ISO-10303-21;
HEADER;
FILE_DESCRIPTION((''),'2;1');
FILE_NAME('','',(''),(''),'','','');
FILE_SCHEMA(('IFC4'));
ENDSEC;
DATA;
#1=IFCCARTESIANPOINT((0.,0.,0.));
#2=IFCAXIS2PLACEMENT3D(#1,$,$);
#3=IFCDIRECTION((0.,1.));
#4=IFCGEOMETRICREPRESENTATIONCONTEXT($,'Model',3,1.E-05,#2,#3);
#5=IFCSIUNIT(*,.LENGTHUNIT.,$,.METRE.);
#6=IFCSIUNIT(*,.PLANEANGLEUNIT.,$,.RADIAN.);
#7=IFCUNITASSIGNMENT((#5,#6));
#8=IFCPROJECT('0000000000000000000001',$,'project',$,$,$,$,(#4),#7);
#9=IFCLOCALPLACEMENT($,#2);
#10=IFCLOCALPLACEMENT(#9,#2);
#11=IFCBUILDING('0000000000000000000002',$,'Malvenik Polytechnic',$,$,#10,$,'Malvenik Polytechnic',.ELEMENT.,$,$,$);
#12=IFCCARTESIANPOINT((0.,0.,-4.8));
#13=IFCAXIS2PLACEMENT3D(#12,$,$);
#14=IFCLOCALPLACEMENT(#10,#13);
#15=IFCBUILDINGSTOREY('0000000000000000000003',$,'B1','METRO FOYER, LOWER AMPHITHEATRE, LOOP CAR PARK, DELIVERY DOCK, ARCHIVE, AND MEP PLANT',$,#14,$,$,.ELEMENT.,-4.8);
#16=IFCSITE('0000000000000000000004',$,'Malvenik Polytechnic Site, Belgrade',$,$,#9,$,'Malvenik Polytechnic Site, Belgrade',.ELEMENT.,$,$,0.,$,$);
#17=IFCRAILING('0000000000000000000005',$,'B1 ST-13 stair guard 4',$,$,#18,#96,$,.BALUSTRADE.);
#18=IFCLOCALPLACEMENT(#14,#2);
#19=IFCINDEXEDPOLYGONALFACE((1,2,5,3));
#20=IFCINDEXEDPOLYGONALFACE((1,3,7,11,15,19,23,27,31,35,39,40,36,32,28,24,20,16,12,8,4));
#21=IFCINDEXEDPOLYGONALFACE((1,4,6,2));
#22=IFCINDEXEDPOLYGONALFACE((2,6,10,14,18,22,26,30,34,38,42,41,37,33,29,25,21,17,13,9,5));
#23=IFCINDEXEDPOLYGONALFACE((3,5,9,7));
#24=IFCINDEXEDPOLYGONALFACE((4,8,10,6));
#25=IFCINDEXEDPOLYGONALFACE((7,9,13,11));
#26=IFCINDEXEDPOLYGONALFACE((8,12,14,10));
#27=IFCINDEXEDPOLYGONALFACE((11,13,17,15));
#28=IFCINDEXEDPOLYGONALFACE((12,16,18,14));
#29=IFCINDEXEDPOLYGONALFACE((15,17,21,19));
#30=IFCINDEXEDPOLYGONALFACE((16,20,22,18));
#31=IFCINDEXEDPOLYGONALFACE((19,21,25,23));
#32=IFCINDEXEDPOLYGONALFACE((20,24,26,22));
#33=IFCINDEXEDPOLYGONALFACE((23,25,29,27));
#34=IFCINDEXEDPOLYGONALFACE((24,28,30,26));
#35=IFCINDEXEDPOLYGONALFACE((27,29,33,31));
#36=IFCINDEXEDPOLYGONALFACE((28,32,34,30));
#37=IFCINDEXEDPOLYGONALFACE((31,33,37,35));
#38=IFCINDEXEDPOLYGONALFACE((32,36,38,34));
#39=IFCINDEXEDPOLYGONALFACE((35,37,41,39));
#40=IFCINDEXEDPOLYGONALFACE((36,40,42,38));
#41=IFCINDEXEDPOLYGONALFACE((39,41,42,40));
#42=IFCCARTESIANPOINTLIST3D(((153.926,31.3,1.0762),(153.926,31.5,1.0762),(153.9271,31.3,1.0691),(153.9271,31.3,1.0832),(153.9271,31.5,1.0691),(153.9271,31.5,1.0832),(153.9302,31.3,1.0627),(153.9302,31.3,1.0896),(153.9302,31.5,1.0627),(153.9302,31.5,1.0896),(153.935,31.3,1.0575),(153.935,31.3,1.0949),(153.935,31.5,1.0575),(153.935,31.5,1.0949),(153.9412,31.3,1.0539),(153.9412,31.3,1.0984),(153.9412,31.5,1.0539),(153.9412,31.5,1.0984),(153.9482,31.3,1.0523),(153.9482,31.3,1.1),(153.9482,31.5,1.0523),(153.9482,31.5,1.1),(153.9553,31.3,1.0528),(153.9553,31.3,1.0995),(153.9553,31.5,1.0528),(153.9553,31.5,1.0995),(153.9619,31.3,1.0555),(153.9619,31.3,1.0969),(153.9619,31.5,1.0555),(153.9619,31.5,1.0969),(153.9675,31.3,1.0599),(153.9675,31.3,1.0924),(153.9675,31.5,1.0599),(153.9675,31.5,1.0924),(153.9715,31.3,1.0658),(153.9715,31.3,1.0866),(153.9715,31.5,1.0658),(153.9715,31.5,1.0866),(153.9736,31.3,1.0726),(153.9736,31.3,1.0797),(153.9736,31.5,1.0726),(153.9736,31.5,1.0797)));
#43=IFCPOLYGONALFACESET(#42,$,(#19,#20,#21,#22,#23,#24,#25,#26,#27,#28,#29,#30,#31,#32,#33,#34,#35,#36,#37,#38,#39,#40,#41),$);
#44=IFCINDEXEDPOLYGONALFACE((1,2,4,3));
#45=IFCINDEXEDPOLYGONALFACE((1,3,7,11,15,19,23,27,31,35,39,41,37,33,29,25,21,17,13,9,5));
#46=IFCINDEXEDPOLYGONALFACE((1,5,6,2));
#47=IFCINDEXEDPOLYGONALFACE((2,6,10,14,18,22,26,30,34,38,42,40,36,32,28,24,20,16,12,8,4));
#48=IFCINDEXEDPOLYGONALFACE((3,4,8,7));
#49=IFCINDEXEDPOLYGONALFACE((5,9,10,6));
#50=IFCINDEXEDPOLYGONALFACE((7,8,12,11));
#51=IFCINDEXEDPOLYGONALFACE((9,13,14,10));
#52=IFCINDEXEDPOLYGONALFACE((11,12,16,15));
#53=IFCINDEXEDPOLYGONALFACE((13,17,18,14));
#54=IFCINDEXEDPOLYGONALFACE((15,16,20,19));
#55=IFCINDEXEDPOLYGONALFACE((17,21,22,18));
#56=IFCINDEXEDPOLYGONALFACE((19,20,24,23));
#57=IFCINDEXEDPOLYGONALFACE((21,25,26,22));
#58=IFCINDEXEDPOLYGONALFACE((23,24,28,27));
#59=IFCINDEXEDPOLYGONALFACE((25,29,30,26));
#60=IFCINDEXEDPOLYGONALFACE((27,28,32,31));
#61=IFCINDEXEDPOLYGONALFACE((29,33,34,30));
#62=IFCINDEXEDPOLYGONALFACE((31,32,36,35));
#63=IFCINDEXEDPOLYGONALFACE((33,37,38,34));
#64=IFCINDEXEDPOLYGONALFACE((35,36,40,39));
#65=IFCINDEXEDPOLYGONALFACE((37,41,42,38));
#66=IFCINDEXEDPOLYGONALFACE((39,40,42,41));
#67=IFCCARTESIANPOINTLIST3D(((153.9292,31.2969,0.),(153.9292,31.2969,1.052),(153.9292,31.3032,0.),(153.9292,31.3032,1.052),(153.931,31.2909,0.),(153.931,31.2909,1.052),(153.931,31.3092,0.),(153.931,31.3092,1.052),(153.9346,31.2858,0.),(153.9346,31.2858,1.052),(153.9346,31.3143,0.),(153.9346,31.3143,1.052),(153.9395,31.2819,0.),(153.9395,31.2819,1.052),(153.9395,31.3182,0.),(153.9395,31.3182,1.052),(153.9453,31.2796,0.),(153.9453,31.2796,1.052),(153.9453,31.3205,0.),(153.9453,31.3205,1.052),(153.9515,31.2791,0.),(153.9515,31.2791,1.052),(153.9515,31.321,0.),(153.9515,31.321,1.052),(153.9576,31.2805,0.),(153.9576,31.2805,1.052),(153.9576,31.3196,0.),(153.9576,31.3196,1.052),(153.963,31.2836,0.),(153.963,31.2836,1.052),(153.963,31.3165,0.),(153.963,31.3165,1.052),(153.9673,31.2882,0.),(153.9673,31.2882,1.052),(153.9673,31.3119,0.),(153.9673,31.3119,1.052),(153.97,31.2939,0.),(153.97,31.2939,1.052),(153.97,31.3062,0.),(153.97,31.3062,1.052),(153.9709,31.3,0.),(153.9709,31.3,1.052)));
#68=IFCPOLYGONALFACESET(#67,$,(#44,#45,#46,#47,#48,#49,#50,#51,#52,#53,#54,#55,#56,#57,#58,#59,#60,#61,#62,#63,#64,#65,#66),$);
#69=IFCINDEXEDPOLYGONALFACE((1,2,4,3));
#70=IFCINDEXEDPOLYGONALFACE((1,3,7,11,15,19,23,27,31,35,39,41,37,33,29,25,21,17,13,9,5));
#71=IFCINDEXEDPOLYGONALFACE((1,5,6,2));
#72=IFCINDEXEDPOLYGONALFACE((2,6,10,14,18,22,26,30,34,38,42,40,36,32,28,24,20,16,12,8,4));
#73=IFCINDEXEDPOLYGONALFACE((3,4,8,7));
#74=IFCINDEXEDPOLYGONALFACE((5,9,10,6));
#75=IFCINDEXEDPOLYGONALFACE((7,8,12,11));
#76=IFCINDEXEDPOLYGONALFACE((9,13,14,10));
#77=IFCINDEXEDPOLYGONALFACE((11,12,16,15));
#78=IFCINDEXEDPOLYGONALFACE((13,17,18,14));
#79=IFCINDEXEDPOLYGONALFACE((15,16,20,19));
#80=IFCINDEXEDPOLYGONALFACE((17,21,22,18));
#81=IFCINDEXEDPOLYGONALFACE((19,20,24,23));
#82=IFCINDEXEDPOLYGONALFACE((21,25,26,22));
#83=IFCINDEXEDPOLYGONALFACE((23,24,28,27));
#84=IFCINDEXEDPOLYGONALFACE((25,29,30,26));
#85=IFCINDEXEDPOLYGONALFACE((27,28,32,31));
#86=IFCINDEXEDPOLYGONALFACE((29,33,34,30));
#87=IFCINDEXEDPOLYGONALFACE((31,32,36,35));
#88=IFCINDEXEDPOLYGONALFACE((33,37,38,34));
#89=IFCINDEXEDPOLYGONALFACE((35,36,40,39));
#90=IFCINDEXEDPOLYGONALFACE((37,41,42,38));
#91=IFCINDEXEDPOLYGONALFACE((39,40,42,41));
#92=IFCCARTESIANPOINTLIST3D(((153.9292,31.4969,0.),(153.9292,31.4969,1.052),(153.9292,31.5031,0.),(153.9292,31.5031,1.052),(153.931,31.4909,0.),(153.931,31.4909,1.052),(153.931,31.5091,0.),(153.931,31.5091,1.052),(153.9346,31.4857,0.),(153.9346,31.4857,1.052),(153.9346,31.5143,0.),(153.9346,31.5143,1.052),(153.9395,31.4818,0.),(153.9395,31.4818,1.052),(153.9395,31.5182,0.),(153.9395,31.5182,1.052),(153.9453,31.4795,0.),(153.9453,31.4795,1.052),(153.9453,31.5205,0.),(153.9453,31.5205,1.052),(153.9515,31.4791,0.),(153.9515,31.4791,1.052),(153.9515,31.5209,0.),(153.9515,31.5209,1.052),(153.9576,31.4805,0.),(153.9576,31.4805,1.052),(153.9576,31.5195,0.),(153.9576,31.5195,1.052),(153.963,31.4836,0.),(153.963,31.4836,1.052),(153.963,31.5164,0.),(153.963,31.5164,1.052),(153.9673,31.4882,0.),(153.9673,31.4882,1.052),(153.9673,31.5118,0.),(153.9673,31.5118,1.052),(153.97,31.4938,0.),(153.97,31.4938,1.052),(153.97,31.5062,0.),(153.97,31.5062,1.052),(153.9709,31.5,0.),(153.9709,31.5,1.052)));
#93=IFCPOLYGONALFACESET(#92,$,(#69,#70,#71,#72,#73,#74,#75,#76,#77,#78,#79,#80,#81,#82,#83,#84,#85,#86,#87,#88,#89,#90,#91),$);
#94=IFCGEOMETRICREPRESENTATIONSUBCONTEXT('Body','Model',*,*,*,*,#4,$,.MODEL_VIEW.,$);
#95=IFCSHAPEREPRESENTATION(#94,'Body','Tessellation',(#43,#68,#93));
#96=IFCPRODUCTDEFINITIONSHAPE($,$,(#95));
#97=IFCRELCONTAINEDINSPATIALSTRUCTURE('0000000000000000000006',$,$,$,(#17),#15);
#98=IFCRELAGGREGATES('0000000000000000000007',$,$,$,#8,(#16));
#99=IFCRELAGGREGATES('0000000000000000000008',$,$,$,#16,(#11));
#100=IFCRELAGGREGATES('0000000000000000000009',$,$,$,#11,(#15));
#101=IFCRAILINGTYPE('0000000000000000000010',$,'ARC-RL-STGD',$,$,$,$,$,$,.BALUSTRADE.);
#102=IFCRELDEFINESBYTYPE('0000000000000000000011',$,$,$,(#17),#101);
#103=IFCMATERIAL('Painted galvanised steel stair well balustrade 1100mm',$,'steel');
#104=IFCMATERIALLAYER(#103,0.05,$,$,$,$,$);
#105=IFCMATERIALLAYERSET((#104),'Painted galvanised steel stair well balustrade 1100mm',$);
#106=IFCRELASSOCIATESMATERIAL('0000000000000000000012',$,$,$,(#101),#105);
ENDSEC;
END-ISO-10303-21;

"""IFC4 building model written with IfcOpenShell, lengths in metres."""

from ifc_helpers import new_model, si_unit, direction, frame, origin, origin_2d, place, context, subcontext, project, spatial, circle, extrude, material, layer, layer_set, type_object, element, save


model = new_model("IFC4")

# Units and contexts
model_context = context("Model", 3, precision=1e-05, world=origin(), true_north=direction((0.0, 1.0)))
body_context = subcontext(model_context, "Body", "Model", "MODEL_VIEW")
ifc_project = project(units=[si_unit("LENGTHUNIT", "METRE"), si_unit("PLANEANGLEUNIT", "RADIAN")], contexts=[model_context])

# Site, building, storey
site_placement = place(None, origin())
site = spatial("IfcSite", under=ifc_project, at=site_placement, Name="Malvenik Polytechnic Site, Belgrade", LongName="Malvenik Polytechnic Site, Belgrade", CompositionType="ELEMENT", RefElevation=0.0)
building_placement = place(site_placement, origin())
building = spatial("IfcBuilding", under=site, at=building_placement, Name="Malvenik Polytechnic", LongName="Malvenik Polytechnic", CompositionType="ELEMENT")
storey_placement = place(building_placement, frame((0.0, 0.0, -4.8)))
storey = spatial("IfcBuildingStorey", under=building, at=storey_placement, Name="B1", Description="METRO FOYER, LOWER AMPHITHEATRE, LOOP CAR PARK, DELIVERY DOCK, ARCHIVE, AND MEP PLANT", CompositionType="ELEMENT", Elevation=-4.8)

# Railing
ifc_material_1 = material(Name="Painted galvanised steel stair well balustrade 1100mm", Category="steel")
ifc_layer_1 = layer(ifc_material_1, 0.05)
ifc_layer_set_1 = layer_set([ifc_layer_1], Name="Painted galvanised steel stair well balustrade 1100mm")
railing_type_1 = type_object("IfcRailingType", Name="ARC-RL-STGD", PredefinedType="BALUSTRADE", material=ifc_layer_set_1)
railing_1_placement = place(storey_placement, frame((153.95, 31.3, 0.0)))
element("IfcRailing", 1, at=railing_1_placement, inside=storey, type_object=railing_type_1, Name="B1 ST-13 stair guard 4", PredefinedType="BALUSTRADE", context=body_context, shape_type="SweptSolid", body=[
    extrude(circle(Radius=0.0239, at=origin_2d()), frame((0.0, 0.0, 1.0762), z_axis=(0.0, 1.0, 0.0), x_axis=(-1.0, 0.0, 0.0)), (0.0, 0.0, 1.0), 0.2),
    extrude(circle(Radius=0.021, at=origin_2d()), origin(), (0.0, 0.0, 1.0), 1.052),
    extrude(circle(Radius=0.021, at=origin_2d()), frame((0.0, 0.2, 0.0)), (0.0, 0.0, 1.0), 1.052),
])

save(model, "model.ifc")
